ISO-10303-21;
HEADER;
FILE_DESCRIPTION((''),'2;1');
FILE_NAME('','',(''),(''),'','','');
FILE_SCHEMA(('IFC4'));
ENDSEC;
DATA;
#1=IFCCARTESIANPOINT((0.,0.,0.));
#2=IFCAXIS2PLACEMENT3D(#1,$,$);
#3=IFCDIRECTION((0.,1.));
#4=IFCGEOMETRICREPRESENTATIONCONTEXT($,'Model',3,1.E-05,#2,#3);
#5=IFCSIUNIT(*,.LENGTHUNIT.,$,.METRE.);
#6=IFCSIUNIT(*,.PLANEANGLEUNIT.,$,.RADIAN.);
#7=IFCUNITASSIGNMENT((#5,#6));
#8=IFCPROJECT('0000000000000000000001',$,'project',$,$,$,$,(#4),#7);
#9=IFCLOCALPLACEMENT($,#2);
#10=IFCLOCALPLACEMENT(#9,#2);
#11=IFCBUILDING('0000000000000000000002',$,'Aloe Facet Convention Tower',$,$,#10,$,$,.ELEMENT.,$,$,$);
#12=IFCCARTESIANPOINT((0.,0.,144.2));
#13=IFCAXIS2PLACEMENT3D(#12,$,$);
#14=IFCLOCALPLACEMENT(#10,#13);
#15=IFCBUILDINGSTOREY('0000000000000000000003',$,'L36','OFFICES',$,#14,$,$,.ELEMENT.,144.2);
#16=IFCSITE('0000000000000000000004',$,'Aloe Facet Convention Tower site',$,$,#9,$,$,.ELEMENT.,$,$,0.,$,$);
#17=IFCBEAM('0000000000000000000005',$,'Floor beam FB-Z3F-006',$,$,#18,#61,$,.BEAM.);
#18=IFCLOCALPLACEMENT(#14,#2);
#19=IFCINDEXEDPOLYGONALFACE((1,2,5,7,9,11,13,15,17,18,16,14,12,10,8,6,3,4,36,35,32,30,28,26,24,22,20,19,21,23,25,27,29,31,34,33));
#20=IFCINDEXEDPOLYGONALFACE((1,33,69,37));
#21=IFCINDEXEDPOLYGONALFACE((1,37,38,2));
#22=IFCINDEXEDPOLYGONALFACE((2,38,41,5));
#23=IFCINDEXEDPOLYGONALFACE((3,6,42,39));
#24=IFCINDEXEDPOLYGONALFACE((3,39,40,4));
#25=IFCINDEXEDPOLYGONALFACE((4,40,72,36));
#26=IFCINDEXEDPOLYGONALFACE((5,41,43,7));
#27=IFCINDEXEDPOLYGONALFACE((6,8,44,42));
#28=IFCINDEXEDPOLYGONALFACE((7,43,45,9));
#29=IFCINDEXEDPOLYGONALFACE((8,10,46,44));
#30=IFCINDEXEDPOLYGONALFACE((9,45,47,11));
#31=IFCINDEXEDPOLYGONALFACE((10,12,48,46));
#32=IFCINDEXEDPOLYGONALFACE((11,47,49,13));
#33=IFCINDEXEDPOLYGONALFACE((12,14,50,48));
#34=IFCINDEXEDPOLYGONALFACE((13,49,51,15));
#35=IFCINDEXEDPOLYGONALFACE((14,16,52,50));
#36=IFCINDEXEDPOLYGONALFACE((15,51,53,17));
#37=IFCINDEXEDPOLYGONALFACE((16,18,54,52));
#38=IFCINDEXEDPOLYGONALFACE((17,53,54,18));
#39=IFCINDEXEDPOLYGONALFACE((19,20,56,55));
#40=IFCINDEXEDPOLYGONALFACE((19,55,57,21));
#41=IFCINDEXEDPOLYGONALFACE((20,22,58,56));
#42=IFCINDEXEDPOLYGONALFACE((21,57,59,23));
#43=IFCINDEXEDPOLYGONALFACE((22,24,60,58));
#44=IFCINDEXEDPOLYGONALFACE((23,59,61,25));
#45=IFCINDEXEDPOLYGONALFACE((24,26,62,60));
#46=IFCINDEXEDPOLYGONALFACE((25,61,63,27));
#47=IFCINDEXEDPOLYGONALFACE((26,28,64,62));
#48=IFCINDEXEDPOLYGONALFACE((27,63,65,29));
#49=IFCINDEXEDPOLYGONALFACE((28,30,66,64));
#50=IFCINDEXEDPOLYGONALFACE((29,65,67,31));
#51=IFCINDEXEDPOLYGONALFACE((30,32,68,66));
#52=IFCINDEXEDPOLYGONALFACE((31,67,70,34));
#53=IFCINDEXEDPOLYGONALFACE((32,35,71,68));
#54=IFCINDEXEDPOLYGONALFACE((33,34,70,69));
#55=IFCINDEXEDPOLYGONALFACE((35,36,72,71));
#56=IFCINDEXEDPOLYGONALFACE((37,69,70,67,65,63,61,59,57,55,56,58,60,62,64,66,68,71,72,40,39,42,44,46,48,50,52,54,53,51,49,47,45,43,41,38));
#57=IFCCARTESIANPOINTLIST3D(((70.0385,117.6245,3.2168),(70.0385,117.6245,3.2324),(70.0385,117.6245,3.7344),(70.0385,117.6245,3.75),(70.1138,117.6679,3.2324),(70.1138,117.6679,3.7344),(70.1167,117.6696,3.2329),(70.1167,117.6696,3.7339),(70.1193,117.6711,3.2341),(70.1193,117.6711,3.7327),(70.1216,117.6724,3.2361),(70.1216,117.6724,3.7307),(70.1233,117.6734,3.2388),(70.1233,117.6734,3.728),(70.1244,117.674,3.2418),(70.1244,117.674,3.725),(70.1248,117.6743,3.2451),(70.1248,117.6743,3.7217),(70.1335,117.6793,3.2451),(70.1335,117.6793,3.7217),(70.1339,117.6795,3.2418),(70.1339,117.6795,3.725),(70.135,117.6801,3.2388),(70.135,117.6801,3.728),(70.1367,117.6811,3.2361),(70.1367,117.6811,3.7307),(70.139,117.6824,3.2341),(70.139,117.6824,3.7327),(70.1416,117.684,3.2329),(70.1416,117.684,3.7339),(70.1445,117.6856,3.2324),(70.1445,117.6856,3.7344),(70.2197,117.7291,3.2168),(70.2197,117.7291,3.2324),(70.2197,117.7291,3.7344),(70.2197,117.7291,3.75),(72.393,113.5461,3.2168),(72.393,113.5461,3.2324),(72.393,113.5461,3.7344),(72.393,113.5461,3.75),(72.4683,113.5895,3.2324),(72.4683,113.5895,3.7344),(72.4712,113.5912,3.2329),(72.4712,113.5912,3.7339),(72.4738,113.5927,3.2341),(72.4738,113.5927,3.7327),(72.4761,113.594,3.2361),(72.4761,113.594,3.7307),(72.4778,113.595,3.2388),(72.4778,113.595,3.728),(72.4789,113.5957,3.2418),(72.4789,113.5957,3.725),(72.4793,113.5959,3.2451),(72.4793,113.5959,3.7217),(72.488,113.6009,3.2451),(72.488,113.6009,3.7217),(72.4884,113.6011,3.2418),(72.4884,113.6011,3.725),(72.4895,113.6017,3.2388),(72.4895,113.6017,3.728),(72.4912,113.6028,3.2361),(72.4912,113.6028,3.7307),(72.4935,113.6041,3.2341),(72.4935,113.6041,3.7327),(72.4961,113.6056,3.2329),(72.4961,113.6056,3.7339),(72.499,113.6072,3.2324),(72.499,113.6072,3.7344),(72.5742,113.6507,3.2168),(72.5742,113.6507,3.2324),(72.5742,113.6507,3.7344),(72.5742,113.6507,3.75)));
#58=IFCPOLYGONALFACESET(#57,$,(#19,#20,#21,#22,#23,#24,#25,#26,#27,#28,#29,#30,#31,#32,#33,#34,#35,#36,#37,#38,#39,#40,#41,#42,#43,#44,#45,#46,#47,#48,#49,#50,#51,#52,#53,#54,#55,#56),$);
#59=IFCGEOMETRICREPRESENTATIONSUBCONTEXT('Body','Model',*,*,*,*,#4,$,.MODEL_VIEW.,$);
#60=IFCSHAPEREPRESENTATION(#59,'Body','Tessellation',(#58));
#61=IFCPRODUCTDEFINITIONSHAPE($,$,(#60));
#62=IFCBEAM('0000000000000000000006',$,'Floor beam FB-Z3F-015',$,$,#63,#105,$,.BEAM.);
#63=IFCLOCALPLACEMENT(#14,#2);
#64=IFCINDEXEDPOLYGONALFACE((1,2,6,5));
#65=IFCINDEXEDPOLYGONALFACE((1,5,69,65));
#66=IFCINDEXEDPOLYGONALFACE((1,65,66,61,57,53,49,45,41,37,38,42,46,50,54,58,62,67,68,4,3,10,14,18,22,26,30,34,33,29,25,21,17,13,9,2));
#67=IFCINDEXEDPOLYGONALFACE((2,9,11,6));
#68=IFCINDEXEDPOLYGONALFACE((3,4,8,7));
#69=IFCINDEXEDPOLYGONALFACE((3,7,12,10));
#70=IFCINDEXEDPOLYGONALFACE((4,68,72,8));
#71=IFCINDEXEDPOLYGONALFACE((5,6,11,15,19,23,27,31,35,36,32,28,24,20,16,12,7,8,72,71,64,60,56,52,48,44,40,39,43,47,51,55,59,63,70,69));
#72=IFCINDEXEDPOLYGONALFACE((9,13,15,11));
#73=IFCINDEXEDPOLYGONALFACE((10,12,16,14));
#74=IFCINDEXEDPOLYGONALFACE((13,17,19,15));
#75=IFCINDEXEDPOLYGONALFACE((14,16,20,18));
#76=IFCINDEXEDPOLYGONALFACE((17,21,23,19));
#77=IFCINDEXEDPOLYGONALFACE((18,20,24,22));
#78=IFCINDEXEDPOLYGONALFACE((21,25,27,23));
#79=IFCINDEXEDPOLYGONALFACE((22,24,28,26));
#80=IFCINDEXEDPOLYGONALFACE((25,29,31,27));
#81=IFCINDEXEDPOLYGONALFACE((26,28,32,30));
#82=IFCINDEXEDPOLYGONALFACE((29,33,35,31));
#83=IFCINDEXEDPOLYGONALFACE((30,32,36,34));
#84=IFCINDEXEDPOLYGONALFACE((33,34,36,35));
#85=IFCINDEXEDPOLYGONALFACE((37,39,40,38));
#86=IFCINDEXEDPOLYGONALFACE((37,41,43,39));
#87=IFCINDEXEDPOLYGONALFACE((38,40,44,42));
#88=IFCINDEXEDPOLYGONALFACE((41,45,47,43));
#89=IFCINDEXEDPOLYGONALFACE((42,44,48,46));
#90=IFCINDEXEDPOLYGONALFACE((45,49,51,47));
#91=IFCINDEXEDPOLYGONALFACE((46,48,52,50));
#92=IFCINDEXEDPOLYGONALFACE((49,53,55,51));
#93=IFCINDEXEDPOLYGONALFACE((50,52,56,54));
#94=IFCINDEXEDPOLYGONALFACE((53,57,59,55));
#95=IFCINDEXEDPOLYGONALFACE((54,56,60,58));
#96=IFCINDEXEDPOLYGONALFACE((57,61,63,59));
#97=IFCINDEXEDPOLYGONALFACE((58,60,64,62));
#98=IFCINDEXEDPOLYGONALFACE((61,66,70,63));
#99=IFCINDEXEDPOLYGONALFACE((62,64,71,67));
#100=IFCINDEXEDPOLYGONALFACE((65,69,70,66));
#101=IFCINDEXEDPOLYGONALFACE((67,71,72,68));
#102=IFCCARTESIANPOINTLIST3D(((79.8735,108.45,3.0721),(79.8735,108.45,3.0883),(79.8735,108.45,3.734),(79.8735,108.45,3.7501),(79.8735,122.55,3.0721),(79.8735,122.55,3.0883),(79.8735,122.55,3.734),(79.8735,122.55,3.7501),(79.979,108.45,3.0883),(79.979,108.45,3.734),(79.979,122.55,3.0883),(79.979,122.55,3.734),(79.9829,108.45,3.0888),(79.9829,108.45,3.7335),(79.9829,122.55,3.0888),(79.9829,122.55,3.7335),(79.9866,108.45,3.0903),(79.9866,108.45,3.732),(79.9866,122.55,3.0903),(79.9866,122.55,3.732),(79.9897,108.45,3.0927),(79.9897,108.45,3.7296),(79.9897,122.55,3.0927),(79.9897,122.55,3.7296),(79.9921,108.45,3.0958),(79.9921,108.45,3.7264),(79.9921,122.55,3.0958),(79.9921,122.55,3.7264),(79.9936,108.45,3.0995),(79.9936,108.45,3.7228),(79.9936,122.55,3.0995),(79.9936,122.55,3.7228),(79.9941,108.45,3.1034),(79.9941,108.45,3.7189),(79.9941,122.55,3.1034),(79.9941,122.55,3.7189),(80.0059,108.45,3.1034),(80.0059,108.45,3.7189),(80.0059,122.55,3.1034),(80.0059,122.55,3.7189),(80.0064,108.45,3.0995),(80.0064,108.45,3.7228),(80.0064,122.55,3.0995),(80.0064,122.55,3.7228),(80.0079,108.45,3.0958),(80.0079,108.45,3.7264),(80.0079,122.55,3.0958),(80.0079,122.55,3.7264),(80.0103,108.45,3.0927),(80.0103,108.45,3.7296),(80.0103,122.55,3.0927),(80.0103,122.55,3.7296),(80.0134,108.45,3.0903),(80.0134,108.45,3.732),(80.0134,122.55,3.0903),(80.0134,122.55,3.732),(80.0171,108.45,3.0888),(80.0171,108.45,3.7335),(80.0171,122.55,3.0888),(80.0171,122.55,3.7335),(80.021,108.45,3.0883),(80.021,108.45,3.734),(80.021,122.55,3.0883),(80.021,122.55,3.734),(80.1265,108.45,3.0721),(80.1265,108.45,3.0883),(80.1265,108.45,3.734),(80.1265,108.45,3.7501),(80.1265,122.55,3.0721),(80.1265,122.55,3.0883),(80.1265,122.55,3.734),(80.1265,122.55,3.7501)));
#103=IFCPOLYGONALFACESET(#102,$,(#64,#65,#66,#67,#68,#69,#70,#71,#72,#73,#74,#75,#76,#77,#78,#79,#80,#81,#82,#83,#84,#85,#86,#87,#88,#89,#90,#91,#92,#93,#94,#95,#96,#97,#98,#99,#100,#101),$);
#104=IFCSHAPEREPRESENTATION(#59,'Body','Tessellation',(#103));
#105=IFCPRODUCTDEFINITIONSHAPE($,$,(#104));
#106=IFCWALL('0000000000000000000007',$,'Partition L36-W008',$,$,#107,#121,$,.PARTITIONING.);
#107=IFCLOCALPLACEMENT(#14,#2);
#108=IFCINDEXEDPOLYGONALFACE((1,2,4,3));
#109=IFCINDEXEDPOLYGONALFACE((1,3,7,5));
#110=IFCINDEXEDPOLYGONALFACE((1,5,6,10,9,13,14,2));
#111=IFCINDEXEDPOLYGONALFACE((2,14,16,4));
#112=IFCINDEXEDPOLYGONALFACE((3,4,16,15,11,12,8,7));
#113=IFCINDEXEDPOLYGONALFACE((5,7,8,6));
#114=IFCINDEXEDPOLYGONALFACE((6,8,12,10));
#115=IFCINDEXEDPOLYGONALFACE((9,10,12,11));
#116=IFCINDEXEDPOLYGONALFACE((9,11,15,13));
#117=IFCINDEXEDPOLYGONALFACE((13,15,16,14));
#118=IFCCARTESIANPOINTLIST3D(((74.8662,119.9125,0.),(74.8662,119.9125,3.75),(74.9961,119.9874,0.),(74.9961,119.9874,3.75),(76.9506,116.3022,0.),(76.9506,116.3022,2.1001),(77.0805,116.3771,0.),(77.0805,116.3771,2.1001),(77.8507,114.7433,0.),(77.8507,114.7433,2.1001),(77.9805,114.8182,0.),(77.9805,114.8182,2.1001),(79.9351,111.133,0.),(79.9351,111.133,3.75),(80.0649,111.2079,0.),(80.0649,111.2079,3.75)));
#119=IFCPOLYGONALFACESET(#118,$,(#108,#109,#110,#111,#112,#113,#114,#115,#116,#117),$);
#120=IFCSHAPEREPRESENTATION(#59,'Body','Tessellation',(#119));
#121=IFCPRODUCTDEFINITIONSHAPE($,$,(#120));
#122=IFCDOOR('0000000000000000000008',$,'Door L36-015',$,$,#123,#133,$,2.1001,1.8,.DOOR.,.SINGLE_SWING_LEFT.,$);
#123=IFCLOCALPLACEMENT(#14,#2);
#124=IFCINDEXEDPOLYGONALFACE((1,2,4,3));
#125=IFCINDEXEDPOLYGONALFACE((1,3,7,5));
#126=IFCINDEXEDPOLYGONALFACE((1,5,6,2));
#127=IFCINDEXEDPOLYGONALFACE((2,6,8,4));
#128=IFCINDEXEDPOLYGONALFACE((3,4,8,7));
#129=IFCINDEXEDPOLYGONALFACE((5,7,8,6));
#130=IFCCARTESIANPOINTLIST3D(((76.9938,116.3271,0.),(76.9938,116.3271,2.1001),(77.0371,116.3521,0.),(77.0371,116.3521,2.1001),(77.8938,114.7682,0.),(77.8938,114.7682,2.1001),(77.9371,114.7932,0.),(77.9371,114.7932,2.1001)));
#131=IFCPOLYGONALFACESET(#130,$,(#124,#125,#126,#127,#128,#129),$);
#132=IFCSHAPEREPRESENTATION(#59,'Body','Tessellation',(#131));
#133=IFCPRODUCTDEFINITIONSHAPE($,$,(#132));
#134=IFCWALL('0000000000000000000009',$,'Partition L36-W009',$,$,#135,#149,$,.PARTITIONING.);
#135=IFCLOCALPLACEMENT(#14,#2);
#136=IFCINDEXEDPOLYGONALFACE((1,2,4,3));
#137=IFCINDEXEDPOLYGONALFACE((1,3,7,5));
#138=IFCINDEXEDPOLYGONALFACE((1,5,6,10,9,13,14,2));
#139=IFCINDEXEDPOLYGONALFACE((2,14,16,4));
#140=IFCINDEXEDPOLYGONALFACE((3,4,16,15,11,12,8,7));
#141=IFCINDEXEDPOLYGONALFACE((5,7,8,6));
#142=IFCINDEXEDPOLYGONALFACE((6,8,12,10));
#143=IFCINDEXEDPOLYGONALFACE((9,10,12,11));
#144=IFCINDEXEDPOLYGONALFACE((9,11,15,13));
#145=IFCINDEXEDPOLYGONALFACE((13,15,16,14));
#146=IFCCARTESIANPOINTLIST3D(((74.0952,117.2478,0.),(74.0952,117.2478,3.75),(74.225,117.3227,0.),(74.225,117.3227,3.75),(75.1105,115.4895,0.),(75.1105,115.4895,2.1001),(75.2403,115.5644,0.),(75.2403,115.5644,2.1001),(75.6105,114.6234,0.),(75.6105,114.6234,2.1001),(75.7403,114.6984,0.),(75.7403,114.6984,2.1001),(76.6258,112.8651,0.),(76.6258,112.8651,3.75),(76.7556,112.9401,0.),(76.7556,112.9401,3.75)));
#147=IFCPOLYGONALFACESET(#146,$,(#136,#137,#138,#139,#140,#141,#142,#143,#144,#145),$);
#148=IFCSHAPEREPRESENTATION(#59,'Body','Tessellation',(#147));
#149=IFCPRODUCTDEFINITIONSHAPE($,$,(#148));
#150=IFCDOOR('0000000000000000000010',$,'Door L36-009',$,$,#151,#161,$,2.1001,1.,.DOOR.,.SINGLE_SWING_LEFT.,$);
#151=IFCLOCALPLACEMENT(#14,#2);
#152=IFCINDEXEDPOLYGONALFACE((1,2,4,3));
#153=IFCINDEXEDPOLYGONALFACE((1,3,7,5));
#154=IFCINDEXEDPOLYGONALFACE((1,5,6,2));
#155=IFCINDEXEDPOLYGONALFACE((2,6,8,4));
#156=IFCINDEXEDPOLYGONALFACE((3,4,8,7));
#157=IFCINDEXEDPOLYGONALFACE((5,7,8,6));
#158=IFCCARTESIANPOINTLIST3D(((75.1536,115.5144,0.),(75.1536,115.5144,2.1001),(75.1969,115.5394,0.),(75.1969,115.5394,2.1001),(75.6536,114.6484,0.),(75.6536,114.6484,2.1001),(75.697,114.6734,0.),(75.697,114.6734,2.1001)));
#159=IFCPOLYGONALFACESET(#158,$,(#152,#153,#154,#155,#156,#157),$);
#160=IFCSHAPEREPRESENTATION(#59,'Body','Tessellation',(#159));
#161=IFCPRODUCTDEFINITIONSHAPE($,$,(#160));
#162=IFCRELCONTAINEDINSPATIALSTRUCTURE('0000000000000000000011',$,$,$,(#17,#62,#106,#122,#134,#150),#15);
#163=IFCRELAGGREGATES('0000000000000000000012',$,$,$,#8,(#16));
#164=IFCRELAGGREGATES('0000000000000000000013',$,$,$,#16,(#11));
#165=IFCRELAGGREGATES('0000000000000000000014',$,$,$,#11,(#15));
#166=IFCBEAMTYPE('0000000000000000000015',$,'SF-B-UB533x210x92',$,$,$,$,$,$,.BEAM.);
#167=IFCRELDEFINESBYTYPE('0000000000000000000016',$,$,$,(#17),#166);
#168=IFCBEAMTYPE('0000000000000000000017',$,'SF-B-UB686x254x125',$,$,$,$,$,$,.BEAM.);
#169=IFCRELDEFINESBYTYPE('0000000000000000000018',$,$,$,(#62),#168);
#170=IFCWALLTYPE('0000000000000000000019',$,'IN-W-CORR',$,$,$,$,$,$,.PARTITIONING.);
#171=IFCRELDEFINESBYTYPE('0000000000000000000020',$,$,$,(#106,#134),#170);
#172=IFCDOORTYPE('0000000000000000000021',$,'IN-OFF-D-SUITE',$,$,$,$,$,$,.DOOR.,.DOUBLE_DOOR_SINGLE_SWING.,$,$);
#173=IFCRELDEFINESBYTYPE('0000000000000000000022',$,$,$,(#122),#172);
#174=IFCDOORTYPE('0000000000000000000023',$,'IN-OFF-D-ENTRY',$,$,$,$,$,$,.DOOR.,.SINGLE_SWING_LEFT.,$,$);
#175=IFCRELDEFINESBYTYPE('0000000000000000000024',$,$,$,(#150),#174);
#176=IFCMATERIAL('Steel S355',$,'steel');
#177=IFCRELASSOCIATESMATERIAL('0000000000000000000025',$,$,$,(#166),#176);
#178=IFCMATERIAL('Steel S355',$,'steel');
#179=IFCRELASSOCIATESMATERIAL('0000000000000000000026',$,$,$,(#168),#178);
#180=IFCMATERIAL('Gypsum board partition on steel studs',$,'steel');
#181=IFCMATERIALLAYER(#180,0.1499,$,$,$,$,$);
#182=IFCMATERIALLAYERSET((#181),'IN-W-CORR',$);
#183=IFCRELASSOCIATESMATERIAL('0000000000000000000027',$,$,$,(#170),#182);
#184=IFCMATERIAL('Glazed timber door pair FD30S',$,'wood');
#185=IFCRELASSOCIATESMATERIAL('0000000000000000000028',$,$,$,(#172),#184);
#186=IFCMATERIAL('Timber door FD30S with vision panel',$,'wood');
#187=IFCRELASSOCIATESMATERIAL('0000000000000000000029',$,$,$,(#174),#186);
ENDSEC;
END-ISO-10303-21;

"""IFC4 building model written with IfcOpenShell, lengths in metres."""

from ifc_helpers import new_model, si_unit, direction, frame, frame_2d, origin, origin_2d, place, context, subcontext, project, spatial, rectangle, i_section, extrude, material, layer, layer_set, material_profile, profile_set, type_object, element, fill, save


model = new_model("IFC4")

# Units and contexts
model_context = context("Model", 3, precision=1e-05, world=origin(), true_north=direction((0.0, 1.0)))
body_context = subcontext(model_context, "Body", "Model", "MODEL_VIEW")
ifc_project = project(units=[si_unit("LENGTHUNIT", "METRE"), si_unit("PLANEANGLEUNIT", "RADIAN")], contexts=[model_context])

# Site, building, storey
site_placement = place(None, origin())
site = spatial("IfcSite", under=ifc_project, at=site_placement, Name="Aloe Facet Convention Tower site", CompositionType="ELEMENT", RefElevation=0.0)
building_placement = place(site_placement, origin())
building = spatial("IfcBuilding", under=site, at=building_placement, Name="Aloe Facet Convention Tower", CompositionType="ELEMENT")
storey_placement = place(building_placement, frame((0.0, 0.0, 144.2)))
storey = spatial("IfcBuildingStorey", under=building, at=storey_placement, Name="L36", Description="OFFICES", CompositionType="ELEMENT", Elevation=144.2)

# Beams
ifc_material_1 = material(Name="Steel S355", Category="steel")
ifc_material_profile_1 = material_profile(ifc_material_1, i_section(OverallWidth=0.2092, OverallDepth=0.5332, WebThickness=0.01, FlangeThickness=0.0156, FilletRadius=0.0127, at=origin_2d()), Name="UB 533x210x92")
ifc_profile_set_1 = profile_set([ifc_material_profile_1], Name="Steel S355")
beam_type_1 = type_object("IfcBeamType", Name="SF-B-UB533x210x92", PredefinedType="BEAM", material=ifc_profile_set_1)
beam_1_placement = place(storey_placement, frame((72.4836, 113.5984, 3.4834), z_axis=(-0.499975, 0.86604, 0.0), x_axis=(-0.86604, -0.499975, 0.0)))
element("IfcBeam", 1, at=beam_1_placement, inside=storey, type_object=beam_type_1, Name="Floor beam FB-Z3F-006", PredefinedType="BEAM", context=body_context, shape_type="SweptSolid", body=[
    extrude(i_section(OverallWidth=0.2092, OverallDepth=0.5332, WebThickness=0.01, FlangeThickness=0.0156, FilletRadius=0.0127, at=origin_2d()), origin(), (0.0, 0.0, 1.0), 4.7092),
])
ifc_material_2 = material(Name="Steel S355", Category="steel")
ifc_material_profile_2 = material_profile(ifc_material_2, i_section(OverallWidth=0.2529, OverallDepth=0.678, WebThickness=0.0117, FlangeThickness=0.0161, FilletRadius=0.0151, at=origin_2d()), Name="UB 686x254x125")
ifc_profile_set_2 = profile_set([ifc_material_profile_2], Name="Steel S355")
beam_type_2 = type_object("IfcBeamType", Name="SF-B-UB686x254x125", PredefinedType="BEAM", material=ifc_profile_set_2)
beam_2_placement = place(storey_placement, frame((80.0, 122.55, 3.4111), z_axis=(0.0, -1.0, 0.0), x_axis=(1.0, 0.0, 0.0)))
element("IfcBeam", 2, at=beam_2_placement, inside=storey, type_object=beam_type_2, Name="Floor beam FB-Z3F-015", PredefinedType="BEAM", context=body_context, shape_type="SweptSolid", body=[
    extrude(i_section(OverallWidth=0.2529, OverallDepth=0.678, WebThickness=0.0117, FlangeThickness=0.0161, FilletRadius=0.0151, at=origin_2d()), origin(), (0.0, 0.0, 1.0), 14.1001),
])

# Walls, openings, doors
ifc_material_3 = material(Name="Gypsum board partition on steel studs", Category="steel")
ifc_layer_1 = layer(ifc_material_3, 0.1499)
ifc_layer_set_1 = layer_set([ifc_layer_1], Name="IN-W-CORR")
wall_type_1 = type_object("IfcWallType", Name="IN-W-CORR", PredefinedType="PARTITIONING", material=ifc_layer_set_1)
wall_1_placement = place(storey_placement, frame((74.9312, 119.95, 0.0), z_axis=(0.0, 0.0, 1.0), x_axis=(0.499998, -0.866026, 0.0)))
wall_1 = element("IfcWall", 3, at=wall_1_placement, inside=storey, type_object=wall_type_1, Name="Partition L36-W008", PredefinedType="PARTITIONING", context=body_context, shape_type="SweptSolid", body=[
    extrude(rectangle(XDim=10.1377, YDim=0.1499, at=frame_2d((5.0688, 0.0))), origin(), (0.0, 0.0, 1.0), 3.75),
])
opening_1_placement = place(wall_1_placement, frame((4.1689, 0.0, 0.0)))
opening_1 = element("IfcOpeningElement", 4, at=opening_1_placement, cuts=wall_1, PredefinedType="OPENING", context=body_context, shape_type="SweptSolid", body=[
    extrude(rectangle(XDim=1.8, YDim=2.1001, at=frame_2d((0.8999, 1.05))), frame((0.0, 0.085, 0.0), z_axis=(0.0, -1.0, 0.0), x_axis=(1.0, 0.0, 0.0)), (0.0, 0.0, 1.0), 0.1699),
])
ifc_material_4 = material(Name="Glazed timber door pair FD30S", Category="wood")
door_type_1 = type_object("IfcDoorType", Name="IN-OFF-D-SUITE", OperationType="DOUBLE_DOOR_SINGLE_SWING", PredefinedType="DOOR", material=ifc_material_4)
door_1_placement = place(opening_1_placement, origin())
door_1 = element("IfcDoor", 5, at=door_1_placement, inside=storey, type_object=door_type_1, Name="Door L36-015", OperationType="SINGLE_SWING_LEFT", OverallHeight=2.1001, OverallWidth=1.8, PredefinedType="DOOR", context=body_context, shape_type="SweptSolid", body=[
    extrude(rectangle(XDim=1.8, YDim=2.1001, at=frame_2d((0.8999, 1.05))), frame((0.0, 0.0249, 0.0), z_axis=(0.0, -1.0, 0.0), x_axis=(1.0, 0.0, 0.0)), (0.0, 0.0, 1.0), 0.05),
])
fill(opening_1, door_1)
wall_2_placement = place(storey_placement, frame((74.1602, 117.2852, 0.0), z_axis=(0.0, 0.0, 1.0), x_axis=(0.500036, -0.866005, 0.0)))
wall_2 = element("IfcWall", 6, at=wall_2_placement, inside=storey, type_object=wall_type_1, Name="Partition L36-W009", PredefinedType="PARTITIONING", context=body_context, shape_type="SweptSolid", body=[
    extrude(rectangle(XDim=5.0608, YDim=0.1499, at=frame_2d((2.5303, 0.0))), origin(), (0.0, 0.0, 1.0), 3.75),
])
opening_2_placement = place(wall_2_placement, frame((2.0303, 0.0, 0.0)))
opening_2 = element("IfcOpeningElement", 7, at=opening_2_placement, cuts=wall_2, PredefinedType="OPENING", context=body_context, shape_type="SweptSolid", body=[
    extrude(rectangle(XDim=1.0, YDim=2.1001, at=frame_2d((0.5, 1.05))), frame((0.0, 0.085, 0.0), z_axis=(0.0, -1.0, 0.0), x_axis=(1.0, 0.0, 0.0)), (0.0, 0.0, 1.0), 0.1699),
])
ifc_material_5 = material(Name="Timber door FD30S with vision panel", Category="wood")
door_type_2 = type_object("IfcDoorType", Name="IN-OFF-D-ENTRY", OperationType="SINGLE_SWING_LEFT", PredefinedType="DOOR", material=ifc_material_5)
door_2_placement = place(opening_2_placement, origin())
door_2 = element("IfcDoor", 8, at=door_2_placement, inside=storey, type_object=door_type_2, Name="Door L36-009", OperationType="SINGLE_SWING_LEFT", OverallHeight=2.1001, OverallWidth=1.0, PredefinedType="DOOR", context=body_context, shape_type="SweptSolid", body=[
    extrude(rectangle(XDim=1.0, YDim=2.1001, at=frame_2d((0.5, 1.05))), frame((0.0, 0.0249, 0.0), z_axis=(0.0, -1.0, 0.0), x_axis=(1.0, 0.0, 0.0)), (0.0, 0.0, 1.0), 0.05),
])
fill(opening_2, door_2)

save(model, "model.ifc")
